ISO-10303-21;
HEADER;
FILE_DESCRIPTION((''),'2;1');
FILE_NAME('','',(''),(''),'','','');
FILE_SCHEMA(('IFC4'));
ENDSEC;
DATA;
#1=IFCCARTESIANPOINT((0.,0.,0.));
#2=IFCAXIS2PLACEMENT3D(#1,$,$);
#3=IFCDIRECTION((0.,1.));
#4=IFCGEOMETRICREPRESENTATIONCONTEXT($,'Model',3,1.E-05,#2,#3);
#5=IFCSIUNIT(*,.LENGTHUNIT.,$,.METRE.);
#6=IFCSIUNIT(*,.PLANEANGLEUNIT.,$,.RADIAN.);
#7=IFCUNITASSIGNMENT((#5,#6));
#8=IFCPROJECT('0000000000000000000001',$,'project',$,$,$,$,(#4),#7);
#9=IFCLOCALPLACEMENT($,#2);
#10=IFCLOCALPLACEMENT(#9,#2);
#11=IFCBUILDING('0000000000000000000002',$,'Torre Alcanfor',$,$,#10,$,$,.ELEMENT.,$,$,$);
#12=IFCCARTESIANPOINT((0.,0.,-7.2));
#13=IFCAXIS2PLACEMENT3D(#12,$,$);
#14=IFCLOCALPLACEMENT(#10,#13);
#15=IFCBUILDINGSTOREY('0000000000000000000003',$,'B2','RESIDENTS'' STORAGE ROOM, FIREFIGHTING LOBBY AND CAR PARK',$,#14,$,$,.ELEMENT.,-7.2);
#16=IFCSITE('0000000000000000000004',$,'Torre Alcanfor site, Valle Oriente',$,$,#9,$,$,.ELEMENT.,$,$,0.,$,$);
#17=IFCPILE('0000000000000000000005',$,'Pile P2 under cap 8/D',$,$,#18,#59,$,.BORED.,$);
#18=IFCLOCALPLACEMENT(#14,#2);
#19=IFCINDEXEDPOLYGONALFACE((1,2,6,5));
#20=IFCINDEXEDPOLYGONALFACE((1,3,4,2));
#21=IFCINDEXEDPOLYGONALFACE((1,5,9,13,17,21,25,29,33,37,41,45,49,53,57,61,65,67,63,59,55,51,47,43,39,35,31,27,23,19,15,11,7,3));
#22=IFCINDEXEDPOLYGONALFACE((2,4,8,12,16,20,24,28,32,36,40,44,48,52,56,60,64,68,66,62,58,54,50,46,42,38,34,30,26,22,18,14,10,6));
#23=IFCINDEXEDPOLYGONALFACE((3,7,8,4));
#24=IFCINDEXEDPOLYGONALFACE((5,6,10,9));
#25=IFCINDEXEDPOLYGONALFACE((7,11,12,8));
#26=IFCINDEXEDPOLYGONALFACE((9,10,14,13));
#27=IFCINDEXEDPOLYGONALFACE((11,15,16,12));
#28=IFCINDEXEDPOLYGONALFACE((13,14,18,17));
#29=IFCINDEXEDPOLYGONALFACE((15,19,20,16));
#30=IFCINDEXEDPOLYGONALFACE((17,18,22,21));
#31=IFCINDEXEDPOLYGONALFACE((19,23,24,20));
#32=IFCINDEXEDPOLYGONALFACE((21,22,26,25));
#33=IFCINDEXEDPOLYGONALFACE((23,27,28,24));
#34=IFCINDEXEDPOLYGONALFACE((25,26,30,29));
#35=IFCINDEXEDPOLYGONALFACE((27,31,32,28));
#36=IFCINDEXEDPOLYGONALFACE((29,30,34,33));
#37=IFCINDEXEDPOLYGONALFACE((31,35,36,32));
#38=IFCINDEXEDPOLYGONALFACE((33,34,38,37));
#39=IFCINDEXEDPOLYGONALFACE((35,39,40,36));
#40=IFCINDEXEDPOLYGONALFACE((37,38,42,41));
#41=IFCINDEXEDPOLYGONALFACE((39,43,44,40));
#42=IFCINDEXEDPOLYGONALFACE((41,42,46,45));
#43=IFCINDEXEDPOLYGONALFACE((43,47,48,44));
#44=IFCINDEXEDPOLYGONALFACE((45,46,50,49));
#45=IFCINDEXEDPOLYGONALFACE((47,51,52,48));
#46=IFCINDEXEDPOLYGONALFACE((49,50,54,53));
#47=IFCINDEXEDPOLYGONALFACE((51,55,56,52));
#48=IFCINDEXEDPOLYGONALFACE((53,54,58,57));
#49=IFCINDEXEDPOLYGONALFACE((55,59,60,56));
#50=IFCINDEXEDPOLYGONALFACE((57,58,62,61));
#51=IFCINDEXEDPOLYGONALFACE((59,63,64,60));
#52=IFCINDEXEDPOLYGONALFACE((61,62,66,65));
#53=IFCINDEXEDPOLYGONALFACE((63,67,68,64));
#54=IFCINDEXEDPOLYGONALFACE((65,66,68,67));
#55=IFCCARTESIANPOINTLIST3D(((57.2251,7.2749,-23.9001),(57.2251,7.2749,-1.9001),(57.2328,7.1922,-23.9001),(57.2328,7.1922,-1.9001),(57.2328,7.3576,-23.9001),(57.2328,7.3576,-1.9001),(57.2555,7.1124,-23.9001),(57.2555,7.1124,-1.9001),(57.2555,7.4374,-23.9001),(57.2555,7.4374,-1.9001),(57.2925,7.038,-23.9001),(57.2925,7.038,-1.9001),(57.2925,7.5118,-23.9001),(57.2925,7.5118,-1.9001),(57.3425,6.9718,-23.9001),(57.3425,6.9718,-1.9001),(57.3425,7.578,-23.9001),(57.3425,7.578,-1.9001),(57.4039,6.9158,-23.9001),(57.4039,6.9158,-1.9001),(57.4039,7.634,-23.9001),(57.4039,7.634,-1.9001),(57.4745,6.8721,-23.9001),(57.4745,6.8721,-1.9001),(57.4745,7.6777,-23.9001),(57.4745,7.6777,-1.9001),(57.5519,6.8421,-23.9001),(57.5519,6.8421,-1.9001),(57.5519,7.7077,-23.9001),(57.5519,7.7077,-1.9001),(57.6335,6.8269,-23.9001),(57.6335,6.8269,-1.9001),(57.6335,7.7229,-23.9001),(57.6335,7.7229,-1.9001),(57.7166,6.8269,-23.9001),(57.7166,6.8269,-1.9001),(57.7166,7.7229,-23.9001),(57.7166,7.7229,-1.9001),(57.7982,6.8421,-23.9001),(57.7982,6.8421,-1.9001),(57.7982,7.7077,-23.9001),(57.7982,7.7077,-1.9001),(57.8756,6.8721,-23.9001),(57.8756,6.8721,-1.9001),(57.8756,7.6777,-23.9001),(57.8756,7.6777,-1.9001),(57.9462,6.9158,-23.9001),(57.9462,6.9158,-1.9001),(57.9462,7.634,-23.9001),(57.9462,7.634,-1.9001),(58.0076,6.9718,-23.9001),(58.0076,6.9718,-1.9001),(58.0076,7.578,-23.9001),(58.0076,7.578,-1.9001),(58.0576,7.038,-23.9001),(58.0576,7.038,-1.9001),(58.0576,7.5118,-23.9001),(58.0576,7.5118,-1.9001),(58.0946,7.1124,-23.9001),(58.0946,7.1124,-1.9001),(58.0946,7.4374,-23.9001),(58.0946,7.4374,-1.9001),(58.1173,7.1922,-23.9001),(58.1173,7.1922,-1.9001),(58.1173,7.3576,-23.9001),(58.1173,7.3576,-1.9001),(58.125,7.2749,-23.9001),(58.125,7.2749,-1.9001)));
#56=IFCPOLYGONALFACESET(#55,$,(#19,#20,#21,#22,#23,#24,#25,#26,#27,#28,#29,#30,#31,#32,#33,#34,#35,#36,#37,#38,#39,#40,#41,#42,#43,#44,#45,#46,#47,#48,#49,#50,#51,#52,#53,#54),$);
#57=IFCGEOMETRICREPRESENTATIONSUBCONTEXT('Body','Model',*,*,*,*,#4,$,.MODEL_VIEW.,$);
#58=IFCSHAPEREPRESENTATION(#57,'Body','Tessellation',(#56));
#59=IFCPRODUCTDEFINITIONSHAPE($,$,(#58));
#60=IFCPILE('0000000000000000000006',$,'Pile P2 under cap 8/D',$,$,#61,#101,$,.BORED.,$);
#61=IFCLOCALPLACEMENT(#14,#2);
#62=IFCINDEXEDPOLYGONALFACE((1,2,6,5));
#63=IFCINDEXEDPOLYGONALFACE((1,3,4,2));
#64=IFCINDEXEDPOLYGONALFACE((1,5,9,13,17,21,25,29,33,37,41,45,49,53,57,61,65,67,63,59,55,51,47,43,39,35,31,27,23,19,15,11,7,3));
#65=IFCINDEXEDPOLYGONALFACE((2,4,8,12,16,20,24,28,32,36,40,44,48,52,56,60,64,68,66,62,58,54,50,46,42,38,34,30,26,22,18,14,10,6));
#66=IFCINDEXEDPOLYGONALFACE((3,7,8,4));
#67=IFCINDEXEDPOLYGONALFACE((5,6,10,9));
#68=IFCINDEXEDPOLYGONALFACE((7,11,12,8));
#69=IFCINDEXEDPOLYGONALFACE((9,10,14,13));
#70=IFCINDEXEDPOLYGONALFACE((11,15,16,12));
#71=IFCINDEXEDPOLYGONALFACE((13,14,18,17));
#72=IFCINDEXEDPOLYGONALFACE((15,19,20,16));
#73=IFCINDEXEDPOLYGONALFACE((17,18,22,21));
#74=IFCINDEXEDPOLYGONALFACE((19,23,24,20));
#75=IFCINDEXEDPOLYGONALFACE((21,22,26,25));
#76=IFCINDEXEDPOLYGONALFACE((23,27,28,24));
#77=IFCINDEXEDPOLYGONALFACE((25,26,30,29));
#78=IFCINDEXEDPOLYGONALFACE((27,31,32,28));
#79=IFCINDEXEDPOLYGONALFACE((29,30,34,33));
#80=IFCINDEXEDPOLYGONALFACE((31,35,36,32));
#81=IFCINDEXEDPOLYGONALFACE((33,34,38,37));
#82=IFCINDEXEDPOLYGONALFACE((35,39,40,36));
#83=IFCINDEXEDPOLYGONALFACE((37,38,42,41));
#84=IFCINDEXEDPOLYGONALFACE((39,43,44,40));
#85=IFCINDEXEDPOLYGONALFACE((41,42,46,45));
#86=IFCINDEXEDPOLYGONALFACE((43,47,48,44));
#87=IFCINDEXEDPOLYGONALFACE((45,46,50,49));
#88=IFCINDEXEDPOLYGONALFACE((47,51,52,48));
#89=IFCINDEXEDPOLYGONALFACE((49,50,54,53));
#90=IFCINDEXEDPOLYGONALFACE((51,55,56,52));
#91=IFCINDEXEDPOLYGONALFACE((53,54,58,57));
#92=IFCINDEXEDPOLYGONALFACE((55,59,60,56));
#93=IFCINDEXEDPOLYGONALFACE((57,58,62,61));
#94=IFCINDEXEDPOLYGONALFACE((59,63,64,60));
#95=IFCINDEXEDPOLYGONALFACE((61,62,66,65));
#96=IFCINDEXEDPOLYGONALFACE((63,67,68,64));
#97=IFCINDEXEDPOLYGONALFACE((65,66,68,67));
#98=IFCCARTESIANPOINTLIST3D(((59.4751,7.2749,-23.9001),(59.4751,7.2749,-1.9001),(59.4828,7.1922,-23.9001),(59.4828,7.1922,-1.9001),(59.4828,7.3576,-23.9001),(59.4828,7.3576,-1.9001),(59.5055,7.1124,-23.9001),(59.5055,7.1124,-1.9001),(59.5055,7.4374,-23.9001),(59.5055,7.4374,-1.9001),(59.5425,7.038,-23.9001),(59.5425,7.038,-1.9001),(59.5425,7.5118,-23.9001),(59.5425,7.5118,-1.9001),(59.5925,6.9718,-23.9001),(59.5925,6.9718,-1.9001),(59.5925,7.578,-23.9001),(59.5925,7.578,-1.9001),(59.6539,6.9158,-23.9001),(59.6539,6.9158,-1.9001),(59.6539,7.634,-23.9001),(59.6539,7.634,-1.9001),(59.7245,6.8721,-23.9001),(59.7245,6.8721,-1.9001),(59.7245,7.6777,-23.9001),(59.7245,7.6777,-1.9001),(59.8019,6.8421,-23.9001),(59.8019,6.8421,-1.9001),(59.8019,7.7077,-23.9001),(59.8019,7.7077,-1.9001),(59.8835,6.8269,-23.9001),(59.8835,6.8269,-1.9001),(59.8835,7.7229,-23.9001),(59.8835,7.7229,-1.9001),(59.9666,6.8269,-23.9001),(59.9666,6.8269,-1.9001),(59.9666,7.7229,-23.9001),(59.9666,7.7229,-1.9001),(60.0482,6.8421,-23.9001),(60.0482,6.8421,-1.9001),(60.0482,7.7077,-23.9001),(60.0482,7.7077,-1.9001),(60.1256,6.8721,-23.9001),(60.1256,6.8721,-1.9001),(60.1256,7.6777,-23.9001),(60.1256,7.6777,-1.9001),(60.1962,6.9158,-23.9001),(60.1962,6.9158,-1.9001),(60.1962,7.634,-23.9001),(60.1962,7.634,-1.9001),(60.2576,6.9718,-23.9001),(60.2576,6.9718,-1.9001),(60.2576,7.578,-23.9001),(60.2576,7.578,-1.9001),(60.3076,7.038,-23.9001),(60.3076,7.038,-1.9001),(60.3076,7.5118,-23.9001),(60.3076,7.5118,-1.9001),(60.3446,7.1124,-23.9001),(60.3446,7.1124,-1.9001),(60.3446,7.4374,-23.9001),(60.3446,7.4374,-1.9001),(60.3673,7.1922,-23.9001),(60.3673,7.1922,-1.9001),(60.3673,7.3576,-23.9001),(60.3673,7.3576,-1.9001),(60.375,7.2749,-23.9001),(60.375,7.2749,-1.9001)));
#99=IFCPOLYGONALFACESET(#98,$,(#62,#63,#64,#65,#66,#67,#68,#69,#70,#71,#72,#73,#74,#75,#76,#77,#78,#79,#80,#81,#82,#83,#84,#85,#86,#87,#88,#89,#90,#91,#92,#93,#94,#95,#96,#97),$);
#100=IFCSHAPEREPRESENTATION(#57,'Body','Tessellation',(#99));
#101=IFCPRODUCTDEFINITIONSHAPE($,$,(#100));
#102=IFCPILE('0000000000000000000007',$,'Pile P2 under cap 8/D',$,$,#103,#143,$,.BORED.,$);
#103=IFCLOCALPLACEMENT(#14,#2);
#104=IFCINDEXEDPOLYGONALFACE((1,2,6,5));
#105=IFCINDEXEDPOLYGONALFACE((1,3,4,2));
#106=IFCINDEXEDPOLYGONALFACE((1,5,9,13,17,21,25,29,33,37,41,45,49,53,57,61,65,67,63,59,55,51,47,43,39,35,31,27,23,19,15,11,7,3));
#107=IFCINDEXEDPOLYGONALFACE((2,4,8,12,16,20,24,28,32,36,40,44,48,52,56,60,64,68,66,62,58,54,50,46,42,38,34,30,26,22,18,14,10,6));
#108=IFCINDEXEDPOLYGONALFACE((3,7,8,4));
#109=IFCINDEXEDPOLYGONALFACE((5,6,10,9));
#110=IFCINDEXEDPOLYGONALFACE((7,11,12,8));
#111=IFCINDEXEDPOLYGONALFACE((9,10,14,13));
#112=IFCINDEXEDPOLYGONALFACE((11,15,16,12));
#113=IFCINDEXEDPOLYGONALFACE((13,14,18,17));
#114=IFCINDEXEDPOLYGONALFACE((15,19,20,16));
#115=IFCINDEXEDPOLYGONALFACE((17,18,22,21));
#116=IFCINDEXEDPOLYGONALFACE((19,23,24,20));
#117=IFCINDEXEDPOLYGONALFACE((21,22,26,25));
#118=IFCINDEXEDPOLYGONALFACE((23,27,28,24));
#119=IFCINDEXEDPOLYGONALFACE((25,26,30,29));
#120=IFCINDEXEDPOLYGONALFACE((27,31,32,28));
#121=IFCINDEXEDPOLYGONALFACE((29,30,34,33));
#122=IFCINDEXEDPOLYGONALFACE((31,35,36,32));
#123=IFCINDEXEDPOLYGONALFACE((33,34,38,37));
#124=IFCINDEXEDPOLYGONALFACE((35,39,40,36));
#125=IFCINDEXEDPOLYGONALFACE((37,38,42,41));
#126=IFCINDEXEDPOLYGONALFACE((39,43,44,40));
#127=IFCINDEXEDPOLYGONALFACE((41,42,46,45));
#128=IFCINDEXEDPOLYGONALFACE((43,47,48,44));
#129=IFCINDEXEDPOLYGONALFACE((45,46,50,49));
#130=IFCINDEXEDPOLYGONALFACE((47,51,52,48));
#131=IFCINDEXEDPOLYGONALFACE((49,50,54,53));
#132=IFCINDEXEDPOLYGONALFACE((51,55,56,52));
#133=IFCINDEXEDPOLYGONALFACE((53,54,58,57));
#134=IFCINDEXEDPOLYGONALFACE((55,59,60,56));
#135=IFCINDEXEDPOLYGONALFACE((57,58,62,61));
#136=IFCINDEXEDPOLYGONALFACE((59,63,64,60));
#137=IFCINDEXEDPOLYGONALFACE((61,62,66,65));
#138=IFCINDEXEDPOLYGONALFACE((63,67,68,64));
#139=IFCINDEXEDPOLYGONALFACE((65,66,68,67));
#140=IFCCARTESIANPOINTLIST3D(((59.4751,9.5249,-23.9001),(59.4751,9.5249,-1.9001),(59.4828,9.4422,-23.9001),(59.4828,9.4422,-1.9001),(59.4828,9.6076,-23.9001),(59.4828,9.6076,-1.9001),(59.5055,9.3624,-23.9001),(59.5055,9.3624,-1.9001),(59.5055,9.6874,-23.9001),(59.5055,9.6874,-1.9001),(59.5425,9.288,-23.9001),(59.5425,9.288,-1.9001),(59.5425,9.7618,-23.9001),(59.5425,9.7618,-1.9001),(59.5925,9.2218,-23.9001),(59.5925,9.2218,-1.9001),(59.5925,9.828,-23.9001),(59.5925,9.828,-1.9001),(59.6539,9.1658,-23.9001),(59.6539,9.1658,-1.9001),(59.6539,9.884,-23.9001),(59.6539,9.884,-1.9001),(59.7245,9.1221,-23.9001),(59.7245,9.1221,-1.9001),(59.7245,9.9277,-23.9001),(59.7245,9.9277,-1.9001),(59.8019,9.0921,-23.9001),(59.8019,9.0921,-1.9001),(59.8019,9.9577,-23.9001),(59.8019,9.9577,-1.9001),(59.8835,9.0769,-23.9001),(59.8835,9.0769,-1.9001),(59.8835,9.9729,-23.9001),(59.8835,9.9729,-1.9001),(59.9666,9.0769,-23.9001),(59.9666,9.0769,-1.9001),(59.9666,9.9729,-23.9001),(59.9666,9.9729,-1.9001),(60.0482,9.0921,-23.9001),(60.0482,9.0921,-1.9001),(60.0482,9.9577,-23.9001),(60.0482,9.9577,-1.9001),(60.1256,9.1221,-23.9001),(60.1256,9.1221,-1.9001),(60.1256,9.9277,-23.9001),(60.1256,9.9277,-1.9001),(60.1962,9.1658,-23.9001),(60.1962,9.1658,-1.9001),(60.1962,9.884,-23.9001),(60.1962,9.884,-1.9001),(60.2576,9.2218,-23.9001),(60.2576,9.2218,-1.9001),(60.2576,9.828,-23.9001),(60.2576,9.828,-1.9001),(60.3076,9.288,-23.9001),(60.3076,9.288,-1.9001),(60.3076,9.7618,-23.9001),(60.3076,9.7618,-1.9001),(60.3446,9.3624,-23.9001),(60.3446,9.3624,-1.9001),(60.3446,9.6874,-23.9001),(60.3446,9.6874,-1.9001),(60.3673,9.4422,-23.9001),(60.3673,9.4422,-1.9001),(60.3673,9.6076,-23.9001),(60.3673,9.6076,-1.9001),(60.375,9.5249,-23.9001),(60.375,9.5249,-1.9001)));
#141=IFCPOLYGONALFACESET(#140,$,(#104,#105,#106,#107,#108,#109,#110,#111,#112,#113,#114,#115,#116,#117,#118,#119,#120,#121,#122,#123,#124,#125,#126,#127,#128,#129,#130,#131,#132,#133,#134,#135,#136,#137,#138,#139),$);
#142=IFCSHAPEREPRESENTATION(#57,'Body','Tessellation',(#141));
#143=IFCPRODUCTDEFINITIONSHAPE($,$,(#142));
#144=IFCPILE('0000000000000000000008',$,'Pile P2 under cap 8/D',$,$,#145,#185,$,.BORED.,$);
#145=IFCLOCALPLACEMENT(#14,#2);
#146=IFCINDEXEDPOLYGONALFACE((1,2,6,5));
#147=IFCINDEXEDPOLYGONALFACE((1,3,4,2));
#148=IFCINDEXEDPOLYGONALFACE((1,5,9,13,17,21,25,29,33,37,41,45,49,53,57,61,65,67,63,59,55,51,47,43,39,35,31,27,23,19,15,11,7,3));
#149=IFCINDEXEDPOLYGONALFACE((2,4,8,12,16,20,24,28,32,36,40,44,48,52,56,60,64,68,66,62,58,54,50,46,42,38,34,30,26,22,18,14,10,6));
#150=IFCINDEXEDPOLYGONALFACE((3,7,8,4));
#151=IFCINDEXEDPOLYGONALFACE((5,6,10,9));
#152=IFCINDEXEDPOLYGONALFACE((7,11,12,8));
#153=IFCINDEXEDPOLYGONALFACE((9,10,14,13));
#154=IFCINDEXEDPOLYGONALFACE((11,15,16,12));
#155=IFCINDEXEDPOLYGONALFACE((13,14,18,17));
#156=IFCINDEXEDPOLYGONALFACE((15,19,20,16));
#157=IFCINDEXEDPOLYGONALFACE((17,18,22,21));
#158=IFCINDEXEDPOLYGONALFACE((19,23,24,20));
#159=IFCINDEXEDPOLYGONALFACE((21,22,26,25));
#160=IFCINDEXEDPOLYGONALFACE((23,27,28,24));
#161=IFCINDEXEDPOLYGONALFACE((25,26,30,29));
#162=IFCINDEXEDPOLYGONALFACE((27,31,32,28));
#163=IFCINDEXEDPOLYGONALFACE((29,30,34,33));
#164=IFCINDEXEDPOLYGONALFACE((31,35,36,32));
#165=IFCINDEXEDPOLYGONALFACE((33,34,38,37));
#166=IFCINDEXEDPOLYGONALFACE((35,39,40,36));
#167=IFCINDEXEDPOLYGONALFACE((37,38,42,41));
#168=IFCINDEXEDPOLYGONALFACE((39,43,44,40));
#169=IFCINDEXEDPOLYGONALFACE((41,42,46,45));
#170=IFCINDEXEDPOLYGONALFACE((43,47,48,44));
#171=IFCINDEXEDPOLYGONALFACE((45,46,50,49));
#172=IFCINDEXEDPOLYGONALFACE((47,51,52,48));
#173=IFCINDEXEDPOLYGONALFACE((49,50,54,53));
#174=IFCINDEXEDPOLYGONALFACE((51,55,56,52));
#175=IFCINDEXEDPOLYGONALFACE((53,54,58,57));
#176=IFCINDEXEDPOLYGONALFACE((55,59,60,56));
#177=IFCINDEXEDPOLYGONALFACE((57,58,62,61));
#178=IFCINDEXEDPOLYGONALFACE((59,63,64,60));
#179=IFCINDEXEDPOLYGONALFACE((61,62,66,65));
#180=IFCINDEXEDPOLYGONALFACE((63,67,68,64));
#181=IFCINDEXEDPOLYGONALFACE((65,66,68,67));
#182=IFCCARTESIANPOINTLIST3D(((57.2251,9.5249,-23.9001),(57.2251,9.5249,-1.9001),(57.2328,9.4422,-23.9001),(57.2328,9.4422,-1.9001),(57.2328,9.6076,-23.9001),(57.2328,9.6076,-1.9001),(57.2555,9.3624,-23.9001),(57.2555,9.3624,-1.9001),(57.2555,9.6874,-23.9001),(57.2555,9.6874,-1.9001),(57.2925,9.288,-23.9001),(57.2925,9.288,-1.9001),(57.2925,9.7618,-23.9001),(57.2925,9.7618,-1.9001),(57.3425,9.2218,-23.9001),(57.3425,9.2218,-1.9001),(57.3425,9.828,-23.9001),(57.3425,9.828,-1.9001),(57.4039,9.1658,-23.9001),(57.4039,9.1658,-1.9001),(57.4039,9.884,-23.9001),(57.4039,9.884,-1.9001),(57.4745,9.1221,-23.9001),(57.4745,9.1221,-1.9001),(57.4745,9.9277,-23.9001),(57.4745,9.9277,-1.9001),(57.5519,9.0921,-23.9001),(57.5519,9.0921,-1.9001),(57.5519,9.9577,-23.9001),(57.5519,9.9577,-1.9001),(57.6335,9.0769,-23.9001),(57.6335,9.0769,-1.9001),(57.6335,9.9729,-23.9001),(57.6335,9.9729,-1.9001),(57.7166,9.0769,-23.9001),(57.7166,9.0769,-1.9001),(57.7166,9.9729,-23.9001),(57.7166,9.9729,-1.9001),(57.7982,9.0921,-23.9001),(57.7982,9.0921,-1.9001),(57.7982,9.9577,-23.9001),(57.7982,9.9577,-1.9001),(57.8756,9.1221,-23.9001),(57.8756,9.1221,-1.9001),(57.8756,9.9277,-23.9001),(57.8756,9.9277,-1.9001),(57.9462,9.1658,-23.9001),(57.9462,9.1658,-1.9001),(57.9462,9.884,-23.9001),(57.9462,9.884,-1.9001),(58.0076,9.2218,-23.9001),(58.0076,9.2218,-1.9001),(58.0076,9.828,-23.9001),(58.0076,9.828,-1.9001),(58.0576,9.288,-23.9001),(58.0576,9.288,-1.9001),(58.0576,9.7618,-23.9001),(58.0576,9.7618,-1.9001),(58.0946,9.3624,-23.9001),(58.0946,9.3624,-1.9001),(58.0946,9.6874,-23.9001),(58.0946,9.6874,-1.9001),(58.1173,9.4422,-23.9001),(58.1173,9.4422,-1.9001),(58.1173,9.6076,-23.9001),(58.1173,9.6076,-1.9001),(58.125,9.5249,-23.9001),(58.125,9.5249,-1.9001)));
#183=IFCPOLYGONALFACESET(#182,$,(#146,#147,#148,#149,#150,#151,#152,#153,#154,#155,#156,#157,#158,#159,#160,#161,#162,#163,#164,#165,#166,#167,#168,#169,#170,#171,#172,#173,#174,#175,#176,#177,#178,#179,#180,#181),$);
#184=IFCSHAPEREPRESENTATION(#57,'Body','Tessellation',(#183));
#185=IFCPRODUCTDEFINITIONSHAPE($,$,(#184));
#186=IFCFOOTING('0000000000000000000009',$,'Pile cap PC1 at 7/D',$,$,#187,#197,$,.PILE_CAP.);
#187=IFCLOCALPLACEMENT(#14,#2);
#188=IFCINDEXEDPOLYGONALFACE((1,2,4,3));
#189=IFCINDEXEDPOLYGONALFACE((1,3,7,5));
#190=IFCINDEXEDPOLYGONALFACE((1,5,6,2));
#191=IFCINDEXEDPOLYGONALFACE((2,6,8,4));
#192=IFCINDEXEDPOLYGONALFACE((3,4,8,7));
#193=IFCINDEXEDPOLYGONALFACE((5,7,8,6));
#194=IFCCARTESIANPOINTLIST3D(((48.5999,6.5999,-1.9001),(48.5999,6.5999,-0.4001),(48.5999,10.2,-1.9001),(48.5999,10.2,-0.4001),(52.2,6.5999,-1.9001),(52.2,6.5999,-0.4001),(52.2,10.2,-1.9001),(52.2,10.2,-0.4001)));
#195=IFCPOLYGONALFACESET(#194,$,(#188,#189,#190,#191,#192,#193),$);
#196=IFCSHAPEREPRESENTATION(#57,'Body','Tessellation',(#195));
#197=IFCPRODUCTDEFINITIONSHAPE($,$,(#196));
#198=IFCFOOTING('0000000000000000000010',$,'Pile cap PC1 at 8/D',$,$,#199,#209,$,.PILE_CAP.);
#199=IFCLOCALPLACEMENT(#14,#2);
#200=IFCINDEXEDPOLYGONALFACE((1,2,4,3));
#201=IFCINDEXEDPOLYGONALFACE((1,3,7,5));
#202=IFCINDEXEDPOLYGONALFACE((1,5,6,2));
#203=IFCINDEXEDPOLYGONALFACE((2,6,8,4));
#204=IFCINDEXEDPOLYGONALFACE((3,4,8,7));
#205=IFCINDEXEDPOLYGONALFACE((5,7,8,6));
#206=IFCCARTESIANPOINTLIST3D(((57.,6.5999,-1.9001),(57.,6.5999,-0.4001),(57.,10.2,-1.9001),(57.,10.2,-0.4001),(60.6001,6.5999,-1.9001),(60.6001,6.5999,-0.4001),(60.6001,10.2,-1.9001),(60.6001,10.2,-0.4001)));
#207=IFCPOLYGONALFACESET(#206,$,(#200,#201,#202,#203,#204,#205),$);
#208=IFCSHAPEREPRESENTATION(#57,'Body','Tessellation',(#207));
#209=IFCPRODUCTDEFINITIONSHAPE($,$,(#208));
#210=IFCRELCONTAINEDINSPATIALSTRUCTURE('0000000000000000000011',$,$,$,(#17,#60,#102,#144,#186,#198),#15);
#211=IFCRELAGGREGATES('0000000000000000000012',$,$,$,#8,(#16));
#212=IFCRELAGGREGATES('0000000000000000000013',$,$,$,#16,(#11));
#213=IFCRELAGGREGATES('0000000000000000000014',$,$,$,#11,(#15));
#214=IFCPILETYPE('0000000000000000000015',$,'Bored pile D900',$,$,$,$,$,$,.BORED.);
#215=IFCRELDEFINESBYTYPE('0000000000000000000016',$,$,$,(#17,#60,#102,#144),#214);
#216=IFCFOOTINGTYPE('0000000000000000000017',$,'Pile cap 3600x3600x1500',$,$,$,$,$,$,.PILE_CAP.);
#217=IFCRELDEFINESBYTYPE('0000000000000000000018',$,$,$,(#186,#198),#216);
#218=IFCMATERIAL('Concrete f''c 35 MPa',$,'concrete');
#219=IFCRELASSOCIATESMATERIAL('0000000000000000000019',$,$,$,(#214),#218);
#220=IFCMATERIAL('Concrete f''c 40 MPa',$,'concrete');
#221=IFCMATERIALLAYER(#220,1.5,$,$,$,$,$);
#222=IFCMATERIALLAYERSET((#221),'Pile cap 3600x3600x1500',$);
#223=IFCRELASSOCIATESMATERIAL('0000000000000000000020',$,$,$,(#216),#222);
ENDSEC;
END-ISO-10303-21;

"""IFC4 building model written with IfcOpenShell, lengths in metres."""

from ifc_helpers import new_model, si_unit, direction, frame, origin, origin_2d, place, context, subcontext, project, spatial, rectangle, circle, extrude, material, layer, layer_set, material_profile, profile_set, type_object, element, save


model = new_model("IFC4")

# Units and contexts
model_context = context("Model", 3, precision=1e-05, world=origin(), true_north=direction((0.0, 1.0)))
body_context = subcontext(model_context, "Body", "Model", "MODEL_VIEW")
ifc_project = project(units=[si_unit("LENGTHUNIT", "METRE"), si_unit("PLANEANGLEUNIT", "RADIAN")], contexts=[model_context])

# Site, building, storey
site_placement = place(None, origin())
site = spatial("IfcSite", under=ifc_project, at=site_placement, Name="Torre Alcanfor site, Valle Oriente", CompositionType="ELEMENT", RefElevation=0.0)
building_placement = place(site_placement, origin())
building = spatial("IfcBuilding", under=site, at=building_placement, Name="Torre Alcanfor", CompositionType="ELEMENT")
storey_placement = place(building_placement, frame((0.0, 0.0, -7.2)))
storey = spatial("IfcBuildingStorey", under=building, at=storey_placement, Name="B2", Description="RESIDENTS' STORAGE ROOM, FIREFIGHTING LOBBY AND CAR PARK", CompositionType="ELEMENT", Elevation=-7.2)

# Piles
ifc_material_1 = material(Name="Concrete f'c 35 MPa", Category="concrete")
ifc_material_profile_1 = material_profile(ifc_material_1, circle(Radius=0.45, at=origin_2d()), Name="D900")
ifc_profile_set_1 = profile_set([ifc_material_profile_1], Name="Concrete f'c 35 MPa")
pile_type = type_object("IfcPileType", Name="Bored pile D900", PredefinedType="BORED", material=ifc_profile_set_1)
for number, where, z_axis, x_axis, name in (
    (1, (57.675, 7.2749, -1.9001), (0.0, 0.0, -1.0), (1.0, 0.0, 0.0), "Pile P2 under cap 8/D"),
    (2, (59.925, 7.2749, -1.9001), (0.0, 0.0, -1.0), (1.0, 0.0, 0.0), "Pile P2 under cap 8/D"),
    (3, (59.925, 9.5249, -1.9001), (0.0, 0.0, -1.0), (1.0, 0.0, 0.0), "Pile P2 under cap 8/D"),
    (4, (57.675, 9.5249, -1.9001), (0.0, 0.0, -1.0), (1.0, 0.0, 0.0), "Pile P2 under cap 8/D"),
):
    element("IfcPile", number, at=place(storey_placement, frame(where, z_axis=z_axis, x_axis=x_axis)), inside=storey, type_object=pile_type, Name=name, PredefinedType="BORED", context=body_context, shape_type="SweptSolid", body=[
        extrude(circle(Radius=0.45, at=origin_2d()), origin(), (0.0, 0.0, 1.0), 22.0),
    ])

# Footings
ifc_material_2 = material(Name="Concrete f'c 40 MPa", Category="concrete")
ifc_layer = layer(ifc_material_2, 1.5)
ifc_layer_set = layer_set([ifc_layer], Name="Pile cap 3600x3600x1500")
footing_type = type_object("IfcFootingType", Name="Pile cap 3600x3600x1500", PredefinedType="PILE_CAP", material=ifc_layer_set)
for number, where, z_axis, x_axis, name in (
    (5, (50.3999, 8.3999, -1.9001), (0.0, 0.0, 1.0), (1.0, 0.0, 0.0), "Pile cap PC1 at 7/D"),
    (6, (58.8, 8.3999, -1.9001), (0.0, 0.0, 1.0), (1.0, 0.0, 0.0), "Pile cap PC1 at 8/D"),
):
    element("IfcFooting", number, at=place(storey_placement, frame(where, z_axis=z_axis, x_axis=x_axis)), inside=storey, type_object=footing_type, Name=name, PredefinedType="PILE_CAP", context=body_context, shape_type="SweptSolid", body=[
        extrude(rectangle(XDim=3.6001, YDim=3.6001, at=origin_2d()), origin(), (0.0, 0.0, 1.0), 1.5),
    ])

save(model, "model.ifc")
